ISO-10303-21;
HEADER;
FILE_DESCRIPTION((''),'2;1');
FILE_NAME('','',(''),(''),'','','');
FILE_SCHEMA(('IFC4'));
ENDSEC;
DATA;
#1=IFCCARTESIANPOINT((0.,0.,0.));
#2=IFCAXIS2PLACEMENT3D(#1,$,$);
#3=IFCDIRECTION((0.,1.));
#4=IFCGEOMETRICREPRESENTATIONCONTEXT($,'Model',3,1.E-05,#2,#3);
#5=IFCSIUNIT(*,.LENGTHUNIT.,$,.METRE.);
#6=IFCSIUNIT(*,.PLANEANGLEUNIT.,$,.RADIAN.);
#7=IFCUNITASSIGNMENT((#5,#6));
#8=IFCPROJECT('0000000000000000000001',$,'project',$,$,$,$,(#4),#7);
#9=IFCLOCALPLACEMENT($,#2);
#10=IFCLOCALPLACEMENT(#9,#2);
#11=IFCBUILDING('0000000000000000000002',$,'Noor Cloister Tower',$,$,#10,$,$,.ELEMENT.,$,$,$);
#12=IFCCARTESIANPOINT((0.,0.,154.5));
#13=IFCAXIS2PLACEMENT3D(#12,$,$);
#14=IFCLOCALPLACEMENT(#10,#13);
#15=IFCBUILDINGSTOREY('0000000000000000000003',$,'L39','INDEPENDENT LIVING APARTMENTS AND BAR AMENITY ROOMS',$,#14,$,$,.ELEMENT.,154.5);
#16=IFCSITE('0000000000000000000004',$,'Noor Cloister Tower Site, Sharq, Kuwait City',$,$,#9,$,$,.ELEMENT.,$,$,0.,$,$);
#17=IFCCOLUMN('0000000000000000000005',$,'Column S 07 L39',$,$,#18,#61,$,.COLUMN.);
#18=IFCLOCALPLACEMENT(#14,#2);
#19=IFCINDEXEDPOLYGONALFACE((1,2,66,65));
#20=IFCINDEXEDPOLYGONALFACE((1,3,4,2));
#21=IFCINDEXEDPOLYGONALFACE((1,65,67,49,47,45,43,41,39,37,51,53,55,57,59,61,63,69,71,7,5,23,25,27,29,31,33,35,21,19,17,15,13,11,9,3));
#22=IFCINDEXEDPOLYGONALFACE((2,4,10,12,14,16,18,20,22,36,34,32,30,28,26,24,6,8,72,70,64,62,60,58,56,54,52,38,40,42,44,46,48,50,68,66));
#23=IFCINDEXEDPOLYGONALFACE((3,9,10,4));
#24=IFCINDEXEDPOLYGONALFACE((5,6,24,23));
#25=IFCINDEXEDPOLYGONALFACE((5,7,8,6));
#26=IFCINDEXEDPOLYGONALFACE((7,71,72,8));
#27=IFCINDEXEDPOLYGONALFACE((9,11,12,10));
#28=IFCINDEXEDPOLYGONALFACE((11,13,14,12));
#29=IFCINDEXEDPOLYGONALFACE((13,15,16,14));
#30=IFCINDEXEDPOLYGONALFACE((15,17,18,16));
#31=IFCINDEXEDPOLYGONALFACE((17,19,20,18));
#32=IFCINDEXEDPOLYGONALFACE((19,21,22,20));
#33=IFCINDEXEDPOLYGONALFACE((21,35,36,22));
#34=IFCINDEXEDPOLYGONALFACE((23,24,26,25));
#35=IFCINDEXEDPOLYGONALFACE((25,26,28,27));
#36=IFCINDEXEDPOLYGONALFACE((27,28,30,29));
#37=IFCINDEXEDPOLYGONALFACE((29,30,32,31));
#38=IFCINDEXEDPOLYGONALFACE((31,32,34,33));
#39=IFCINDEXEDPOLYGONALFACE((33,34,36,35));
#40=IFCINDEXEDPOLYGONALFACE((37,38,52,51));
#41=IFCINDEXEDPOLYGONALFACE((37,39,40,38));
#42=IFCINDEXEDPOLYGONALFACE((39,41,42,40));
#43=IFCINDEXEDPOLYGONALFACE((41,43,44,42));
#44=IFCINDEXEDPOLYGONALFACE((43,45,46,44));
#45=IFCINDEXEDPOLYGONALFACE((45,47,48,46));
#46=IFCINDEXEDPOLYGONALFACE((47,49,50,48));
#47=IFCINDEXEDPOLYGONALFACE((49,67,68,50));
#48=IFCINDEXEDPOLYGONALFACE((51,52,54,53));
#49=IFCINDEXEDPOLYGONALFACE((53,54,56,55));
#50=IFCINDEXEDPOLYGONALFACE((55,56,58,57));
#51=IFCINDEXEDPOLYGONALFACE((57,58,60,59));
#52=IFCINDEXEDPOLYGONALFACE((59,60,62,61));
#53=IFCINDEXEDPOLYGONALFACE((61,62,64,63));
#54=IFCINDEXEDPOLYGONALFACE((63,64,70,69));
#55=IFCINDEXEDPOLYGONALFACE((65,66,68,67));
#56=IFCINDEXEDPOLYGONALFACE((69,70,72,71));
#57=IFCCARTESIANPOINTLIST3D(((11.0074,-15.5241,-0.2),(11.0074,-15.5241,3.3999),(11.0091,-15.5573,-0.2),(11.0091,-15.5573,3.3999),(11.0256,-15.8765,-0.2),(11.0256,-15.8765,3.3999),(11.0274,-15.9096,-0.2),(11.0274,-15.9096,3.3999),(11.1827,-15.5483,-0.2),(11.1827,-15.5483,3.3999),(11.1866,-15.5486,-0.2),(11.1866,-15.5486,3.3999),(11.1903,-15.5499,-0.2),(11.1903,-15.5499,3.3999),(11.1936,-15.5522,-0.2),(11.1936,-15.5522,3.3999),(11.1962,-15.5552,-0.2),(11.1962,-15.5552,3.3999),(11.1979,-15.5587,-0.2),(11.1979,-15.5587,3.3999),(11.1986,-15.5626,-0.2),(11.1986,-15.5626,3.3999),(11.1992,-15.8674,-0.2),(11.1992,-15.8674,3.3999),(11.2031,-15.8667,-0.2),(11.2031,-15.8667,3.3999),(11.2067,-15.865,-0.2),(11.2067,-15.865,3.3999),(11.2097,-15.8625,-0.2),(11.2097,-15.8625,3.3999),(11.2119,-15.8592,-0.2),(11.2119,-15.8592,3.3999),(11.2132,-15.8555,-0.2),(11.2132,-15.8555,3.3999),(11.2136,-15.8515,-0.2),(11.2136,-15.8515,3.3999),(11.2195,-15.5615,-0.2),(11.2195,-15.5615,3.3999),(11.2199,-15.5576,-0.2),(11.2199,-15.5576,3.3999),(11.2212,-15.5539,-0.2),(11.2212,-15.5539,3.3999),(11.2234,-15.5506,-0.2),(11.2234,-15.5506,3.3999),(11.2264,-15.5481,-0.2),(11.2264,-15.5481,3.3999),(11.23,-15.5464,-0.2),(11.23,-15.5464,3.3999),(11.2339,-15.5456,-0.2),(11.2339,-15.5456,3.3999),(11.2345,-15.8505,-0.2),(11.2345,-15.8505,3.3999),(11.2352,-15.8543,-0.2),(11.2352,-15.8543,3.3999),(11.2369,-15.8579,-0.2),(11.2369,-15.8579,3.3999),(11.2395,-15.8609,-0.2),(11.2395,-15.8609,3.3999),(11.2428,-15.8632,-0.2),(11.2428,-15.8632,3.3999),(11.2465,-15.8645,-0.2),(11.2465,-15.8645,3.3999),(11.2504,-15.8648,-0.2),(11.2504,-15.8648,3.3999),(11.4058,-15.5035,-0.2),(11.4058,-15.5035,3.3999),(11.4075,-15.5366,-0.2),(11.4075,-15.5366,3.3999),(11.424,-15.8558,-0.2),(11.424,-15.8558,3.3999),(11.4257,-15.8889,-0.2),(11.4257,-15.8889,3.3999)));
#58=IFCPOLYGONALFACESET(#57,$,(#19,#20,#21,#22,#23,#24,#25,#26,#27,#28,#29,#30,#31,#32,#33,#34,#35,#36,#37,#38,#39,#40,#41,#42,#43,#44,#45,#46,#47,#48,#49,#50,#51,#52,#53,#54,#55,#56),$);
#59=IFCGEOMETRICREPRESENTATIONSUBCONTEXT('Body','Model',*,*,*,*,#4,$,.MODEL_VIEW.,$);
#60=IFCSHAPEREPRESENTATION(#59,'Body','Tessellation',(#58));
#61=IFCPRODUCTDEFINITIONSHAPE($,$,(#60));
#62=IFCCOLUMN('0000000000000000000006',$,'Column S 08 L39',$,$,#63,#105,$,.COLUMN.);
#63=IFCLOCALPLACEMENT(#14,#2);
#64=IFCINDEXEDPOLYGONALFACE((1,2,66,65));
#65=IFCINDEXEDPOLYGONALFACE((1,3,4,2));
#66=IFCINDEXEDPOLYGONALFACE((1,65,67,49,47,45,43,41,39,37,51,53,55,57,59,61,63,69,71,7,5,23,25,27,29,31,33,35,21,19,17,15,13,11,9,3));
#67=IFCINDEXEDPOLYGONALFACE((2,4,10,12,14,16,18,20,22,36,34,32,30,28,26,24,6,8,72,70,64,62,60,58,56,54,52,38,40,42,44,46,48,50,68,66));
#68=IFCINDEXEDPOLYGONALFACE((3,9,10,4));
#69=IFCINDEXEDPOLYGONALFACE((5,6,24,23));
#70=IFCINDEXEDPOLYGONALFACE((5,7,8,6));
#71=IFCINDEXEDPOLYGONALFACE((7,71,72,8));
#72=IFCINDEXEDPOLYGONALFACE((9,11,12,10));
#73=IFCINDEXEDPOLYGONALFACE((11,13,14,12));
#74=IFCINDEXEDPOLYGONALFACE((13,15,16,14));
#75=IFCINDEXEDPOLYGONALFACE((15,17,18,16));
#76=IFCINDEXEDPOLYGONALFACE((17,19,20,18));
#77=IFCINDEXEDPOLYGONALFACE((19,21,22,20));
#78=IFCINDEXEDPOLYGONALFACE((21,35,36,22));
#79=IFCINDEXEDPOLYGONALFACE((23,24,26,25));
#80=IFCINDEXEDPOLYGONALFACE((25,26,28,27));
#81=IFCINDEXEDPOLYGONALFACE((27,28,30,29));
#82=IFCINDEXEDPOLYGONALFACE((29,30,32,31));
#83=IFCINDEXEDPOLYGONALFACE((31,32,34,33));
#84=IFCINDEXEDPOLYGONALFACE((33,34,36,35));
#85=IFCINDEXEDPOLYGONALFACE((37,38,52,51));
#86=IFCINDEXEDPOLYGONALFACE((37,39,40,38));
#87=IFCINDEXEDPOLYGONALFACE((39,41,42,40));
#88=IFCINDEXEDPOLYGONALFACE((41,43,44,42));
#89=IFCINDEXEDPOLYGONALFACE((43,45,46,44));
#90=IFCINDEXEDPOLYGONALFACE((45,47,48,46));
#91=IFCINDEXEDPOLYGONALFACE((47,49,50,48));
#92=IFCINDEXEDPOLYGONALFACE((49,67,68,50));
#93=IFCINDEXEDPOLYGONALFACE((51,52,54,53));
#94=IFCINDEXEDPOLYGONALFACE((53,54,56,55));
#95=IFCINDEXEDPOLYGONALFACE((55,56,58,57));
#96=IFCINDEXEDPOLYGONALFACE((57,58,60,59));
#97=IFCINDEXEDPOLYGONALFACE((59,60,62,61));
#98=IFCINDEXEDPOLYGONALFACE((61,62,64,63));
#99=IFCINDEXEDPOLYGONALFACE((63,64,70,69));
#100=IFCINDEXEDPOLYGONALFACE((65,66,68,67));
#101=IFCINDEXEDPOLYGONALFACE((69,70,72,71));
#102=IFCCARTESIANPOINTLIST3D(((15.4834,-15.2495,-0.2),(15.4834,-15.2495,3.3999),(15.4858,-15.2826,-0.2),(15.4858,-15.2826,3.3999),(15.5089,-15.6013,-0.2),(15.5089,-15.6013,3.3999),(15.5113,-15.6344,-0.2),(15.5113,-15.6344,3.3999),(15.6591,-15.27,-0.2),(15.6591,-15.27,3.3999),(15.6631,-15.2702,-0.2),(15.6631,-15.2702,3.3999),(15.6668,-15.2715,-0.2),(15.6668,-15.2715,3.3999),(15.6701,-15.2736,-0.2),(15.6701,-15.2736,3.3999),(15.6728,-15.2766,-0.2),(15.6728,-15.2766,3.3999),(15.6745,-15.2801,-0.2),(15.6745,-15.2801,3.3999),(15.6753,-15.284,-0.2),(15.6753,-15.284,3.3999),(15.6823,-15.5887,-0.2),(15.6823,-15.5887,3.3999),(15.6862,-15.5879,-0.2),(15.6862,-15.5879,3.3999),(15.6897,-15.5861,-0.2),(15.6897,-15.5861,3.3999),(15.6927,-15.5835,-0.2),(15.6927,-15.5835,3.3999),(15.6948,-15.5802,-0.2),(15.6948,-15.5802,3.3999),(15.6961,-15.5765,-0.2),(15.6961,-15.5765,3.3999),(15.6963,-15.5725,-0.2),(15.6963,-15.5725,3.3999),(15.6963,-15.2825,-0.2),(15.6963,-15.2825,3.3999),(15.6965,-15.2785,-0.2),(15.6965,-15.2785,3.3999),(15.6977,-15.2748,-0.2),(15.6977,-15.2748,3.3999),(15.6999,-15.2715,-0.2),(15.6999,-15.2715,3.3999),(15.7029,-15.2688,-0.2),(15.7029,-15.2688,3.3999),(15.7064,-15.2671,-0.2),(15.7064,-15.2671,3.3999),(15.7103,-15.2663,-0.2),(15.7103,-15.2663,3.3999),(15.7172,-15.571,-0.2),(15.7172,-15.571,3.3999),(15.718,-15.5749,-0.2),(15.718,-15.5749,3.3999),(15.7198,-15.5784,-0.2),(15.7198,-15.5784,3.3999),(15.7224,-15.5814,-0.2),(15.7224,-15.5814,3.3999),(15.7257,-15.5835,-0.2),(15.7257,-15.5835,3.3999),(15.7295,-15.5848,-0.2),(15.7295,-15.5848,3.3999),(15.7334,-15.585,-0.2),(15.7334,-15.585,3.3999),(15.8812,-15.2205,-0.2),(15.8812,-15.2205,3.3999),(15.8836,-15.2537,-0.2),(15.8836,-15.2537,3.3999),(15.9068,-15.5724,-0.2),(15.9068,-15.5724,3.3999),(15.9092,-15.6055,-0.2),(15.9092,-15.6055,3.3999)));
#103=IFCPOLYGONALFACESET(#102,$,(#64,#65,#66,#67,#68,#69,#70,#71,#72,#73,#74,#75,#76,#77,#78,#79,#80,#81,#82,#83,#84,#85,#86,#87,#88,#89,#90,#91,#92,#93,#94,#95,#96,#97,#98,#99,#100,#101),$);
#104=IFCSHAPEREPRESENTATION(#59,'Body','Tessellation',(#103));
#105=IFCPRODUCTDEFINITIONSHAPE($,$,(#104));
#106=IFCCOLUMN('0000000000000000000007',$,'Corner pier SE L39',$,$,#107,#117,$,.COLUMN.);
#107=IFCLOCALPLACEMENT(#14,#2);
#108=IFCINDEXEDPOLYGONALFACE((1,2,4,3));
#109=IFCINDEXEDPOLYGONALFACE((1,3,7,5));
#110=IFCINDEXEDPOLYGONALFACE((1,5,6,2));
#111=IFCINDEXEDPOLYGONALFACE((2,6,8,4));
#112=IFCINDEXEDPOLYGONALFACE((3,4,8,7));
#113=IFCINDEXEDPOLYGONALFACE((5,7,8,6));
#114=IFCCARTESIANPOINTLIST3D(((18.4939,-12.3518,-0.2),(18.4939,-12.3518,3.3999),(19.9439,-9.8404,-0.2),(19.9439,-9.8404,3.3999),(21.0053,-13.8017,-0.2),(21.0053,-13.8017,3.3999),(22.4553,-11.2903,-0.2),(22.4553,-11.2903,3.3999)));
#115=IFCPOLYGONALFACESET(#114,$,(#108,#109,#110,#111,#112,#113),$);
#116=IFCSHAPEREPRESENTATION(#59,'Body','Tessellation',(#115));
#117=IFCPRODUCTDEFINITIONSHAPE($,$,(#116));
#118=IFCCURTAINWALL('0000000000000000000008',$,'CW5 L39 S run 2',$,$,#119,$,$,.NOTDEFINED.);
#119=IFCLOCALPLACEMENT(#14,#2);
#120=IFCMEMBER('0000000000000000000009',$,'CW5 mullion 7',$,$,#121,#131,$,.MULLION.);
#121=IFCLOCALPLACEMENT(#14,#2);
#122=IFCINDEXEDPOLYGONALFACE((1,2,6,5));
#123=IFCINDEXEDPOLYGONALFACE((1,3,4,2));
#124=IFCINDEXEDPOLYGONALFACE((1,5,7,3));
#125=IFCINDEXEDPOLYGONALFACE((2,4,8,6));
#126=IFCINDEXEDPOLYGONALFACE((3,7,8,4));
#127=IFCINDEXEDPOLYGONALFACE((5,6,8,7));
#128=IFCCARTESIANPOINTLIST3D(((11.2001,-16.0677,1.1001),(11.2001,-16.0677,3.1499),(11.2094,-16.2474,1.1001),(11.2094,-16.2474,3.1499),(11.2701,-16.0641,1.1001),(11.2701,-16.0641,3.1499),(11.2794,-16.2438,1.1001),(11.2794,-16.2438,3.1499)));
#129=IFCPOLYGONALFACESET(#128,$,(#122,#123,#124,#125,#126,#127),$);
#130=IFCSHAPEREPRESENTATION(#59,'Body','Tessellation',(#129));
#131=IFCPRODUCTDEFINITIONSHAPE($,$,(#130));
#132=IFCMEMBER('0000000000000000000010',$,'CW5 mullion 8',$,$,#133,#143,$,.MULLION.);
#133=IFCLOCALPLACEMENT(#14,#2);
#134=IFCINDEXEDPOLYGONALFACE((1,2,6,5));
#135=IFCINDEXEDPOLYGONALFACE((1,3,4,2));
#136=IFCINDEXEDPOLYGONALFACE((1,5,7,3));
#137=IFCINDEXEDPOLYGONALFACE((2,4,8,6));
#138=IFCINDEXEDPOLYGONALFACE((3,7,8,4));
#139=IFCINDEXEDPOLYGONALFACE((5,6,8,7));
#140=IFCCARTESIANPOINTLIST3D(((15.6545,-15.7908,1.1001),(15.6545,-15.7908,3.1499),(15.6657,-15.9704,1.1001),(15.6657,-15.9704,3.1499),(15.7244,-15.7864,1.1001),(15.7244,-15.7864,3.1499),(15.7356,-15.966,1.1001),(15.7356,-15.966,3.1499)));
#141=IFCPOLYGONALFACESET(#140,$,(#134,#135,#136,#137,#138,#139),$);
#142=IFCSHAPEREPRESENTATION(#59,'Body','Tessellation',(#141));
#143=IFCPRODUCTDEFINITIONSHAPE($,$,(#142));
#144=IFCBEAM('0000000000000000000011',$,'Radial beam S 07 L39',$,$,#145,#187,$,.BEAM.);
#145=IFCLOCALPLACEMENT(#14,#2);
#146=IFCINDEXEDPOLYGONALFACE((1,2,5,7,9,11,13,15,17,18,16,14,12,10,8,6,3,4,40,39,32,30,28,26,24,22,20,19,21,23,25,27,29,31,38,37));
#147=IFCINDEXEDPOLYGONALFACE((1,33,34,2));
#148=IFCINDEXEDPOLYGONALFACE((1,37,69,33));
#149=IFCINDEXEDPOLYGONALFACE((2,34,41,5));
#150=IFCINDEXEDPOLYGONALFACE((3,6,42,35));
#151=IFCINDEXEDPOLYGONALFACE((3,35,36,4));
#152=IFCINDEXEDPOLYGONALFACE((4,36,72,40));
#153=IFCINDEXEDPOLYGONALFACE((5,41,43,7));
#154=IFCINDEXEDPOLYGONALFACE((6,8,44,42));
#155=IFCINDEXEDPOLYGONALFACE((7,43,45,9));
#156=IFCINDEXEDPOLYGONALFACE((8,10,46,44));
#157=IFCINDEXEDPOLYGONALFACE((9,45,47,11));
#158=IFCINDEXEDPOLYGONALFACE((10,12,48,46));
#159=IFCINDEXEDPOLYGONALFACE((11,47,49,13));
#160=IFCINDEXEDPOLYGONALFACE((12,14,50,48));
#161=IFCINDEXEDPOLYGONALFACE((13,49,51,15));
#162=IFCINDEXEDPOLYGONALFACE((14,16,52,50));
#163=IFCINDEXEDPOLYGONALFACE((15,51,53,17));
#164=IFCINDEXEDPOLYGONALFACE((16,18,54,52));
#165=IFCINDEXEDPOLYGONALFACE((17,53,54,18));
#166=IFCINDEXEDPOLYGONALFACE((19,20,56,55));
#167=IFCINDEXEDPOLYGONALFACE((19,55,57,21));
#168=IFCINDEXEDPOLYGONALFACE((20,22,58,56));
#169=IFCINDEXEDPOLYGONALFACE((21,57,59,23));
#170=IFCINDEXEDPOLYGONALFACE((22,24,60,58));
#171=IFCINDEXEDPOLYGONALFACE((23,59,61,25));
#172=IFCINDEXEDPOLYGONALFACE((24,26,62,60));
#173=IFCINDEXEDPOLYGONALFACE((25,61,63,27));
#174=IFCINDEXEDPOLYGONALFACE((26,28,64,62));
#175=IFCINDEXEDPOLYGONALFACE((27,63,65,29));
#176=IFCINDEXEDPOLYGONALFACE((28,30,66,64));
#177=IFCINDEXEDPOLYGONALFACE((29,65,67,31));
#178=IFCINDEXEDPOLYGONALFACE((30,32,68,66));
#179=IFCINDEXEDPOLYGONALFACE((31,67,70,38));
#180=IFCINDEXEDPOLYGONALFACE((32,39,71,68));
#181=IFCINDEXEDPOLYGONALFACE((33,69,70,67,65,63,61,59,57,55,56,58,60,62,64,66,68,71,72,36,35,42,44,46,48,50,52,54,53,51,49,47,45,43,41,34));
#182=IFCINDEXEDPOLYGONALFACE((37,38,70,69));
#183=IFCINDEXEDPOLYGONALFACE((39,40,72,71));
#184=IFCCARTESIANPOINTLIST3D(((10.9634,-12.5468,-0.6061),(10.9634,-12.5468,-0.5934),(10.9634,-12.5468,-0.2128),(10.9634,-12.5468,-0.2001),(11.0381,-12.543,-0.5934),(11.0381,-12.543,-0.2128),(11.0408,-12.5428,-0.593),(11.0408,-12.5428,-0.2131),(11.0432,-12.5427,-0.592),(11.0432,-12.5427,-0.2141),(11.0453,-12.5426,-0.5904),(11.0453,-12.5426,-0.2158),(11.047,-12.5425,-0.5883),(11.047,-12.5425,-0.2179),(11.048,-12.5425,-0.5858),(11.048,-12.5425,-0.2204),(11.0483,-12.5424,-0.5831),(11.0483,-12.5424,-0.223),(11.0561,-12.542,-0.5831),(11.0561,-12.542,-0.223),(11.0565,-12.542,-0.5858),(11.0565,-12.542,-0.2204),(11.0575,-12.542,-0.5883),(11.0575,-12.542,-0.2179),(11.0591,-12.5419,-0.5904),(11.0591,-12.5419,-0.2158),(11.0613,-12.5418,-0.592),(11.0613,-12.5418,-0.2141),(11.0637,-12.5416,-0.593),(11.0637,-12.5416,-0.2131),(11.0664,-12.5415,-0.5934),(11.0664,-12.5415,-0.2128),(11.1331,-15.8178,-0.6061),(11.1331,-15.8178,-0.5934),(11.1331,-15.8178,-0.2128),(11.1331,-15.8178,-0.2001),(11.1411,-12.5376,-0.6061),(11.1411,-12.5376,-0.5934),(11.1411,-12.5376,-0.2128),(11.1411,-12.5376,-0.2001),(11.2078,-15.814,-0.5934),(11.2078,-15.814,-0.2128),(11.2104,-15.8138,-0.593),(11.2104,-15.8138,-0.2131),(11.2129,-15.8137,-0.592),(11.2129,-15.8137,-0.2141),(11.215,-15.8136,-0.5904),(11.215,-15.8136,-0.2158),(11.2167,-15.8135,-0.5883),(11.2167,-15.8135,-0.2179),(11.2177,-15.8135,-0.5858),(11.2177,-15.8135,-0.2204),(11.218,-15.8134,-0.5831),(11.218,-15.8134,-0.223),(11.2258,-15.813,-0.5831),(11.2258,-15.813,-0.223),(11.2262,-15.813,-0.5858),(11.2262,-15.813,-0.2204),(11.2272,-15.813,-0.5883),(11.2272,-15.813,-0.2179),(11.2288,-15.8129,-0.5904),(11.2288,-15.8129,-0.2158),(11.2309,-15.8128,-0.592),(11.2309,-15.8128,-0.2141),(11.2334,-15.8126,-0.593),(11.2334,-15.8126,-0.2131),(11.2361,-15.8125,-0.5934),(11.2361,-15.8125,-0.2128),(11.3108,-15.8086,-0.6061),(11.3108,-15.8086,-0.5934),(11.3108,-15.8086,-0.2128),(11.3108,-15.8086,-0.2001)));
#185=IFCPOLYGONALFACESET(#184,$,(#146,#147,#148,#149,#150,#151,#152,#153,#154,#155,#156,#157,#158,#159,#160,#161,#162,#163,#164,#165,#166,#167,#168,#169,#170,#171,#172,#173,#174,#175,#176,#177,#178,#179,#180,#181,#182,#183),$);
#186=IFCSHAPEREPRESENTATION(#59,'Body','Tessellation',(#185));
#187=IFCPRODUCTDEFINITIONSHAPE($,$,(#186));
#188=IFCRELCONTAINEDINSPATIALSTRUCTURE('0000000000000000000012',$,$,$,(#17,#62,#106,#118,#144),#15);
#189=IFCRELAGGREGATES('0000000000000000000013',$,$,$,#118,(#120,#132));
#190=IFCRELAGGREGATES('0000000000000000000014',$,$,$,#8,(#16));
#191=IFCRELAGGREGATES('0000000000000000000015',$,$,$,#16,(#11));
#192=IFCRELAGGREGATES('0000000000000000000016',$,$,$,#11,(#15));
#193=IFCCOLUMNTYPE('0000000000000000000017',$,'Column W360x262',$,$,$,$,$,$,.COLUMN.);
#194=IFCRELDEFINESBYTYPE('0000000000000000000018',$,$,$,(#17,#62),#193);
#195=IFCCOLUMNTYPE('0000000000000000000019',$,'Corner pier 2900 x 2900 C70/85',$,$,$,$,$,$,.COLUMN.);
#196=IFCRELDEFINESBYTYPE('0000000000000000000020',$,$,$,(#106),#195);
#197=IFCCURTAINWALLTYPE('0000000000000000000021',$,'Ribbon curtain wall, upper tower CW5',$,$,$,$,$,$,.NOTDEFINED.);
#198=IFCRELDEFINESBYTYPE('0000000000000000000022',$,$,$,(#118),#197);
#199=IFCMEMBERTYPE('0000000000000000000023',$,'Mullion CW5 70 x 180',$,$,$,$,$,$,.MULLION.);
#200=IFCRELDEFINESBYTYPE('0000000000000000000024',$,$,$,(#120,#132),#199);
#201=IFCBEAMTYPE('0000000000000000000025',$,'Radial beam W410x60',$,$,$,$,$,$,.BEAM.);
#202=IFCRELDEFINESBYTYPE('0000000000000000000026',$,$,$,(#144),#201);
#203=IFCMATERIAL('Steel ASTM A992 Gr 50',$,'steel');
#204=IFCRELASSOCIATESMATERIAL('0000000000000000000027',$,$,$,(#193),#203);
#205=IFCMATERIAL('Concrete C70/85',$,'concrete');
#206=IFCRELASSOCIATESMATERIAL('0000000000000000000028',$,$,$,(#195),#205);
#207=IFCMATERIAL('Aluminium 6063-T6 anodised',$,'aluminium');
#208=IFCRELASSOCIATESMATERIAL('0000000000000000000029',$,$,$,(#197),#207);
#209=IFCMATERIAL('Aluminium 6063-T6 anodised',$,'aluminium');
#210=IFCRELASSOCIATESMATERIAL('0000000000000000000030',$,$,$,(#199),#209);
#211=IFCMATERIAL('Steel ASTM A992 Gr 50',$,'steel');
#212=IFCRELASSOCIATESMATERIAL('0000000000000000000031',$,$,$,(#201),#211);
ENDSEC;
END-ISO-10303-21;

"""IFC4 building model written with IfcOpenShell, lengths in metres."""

from ifc_helpers import new_model, si_unit, direction, frame, origin, origin_2d, place, context, subcontext, project, spatial, rectangle, i_section, extrude, material, material_profile, profile_set, type_object, element, aggregate, save


model = new_model("IFC4")

# Units and contexts
model_context = context("Model", 3, precision=1e-05, world=origin(), true_north=direction((0.0, 1.0)))
body_context = subcontext(model_context, "Body", "Model", "MODEL_VIEW")
ifc_project = project(units=[si_unit("LENGTHUNIT", "METRE"), si_unit("PLANEANGLEUNIT", "RADIAN")], contexts=[model_context])

# Site, building, storey
site_placement = place(None, origin())
site = spatial("IfcSite", under=ifc_project, at=site_placement, Name="Noor Cloister Tower Site, Sharq, Kuwait City", CompositionType="ELEMENT", RefElevation=0.0)
building_placement = place(site_placement, origin())
building = spatial("IfcBuilding", under=site, at=building_placement, Name="Noor Cloister Tower", CompositionType="ELEMENT")
storey_placement = place(building_placement, frame((0.0, 0.0, 154.5)))
storey = spatial("IfcBuildingStorey", under=building, at=storey_placement, Name="L39", Description="INDEPENDENT LIVING APARTMENTS AND BAR AMENITY ROOMS", CompositionType="ELEMENT", Elevation=154.5)

# Columns
ifc_material_1 = material(Name="Steel ASTM A992 Gr 50", Category="steel")
ifc_material_profile_1 = material_profile(ifc_material_1, i_section(OverallWidth=0.3989, OverallDepth=0.386, WebThickness=0.021, FlangeThickness=0.0332, FilletRadius=0.0151, at=origin_2d()), Name="W360x262")
ifc_profile_set_1 = profile_set([ifc_material_profile_1], Name="Steel ASTM A992 Gr 50")
column_type_1 = type_object("IfcColumnType", Name="Column W360x262", PredefinedType="COLUMN", material=ifc_profile_set_1)
for number, where, z_axis, x_axis, name in (
    (1, (11.2166, -15.7065, -0.2), (0.0, 0.0, 1.0), (0.998658, 0.051799, 0.0), "Column S 07 L39"),
    (2, (15.6963, -15.4275, -0.2), (0.0, 0.0, 1.0), (0.997369, 0.072487, 0.0), "Column S 08 L39"),
):
    element("IfcColumn", number, at=place(storey_placement, frame(where, z_axis=z_axis, x_axis=x_axis)), inside=storey, type_object=column_type_1, Name=name, PredefinedType="COLUMN", context=body_context, shape_type="SweptSolid", body=[
        extrude(i_section(OverallWidth=0.3989, OverallDepth=0.386, WebThickness=0.021, FlangeThickness=0.0332, FilletRadius=0.0151, at=origin_2d()), origin(), (0.0, 0.0, 1.0), 3.5999),
    ])
ifc_material_2 = material(Name="Concrete C70/85", Category="concrete")
ifc_material_profile_2 = material_profile(ifc_material_2, rectangle(XDim=2.8999, YDim=2.8999, at=origin_2d()), Name="RC 2900x2900")
ifc_profile_set_2 = profile_set([ifc_material_profile_2], Name="Concrete C70/85")
column_type_2 = type_object("IfcColumnType", Name="Corner pier 2900 x 2900 C70/85", PredefinedType="COLUMN", material=ifc_profile_set_2)
column_placement = place(storey_placement, frame((20.4746, -11.821, -0.2), z_axis=(0.0, 0.0, 1.0), x_axis=(0.866025, -0.5, 0.0)))
element("IfcColumn", 3, at=column_placement, inside=storey, type_object=column_type_2, Name="Corner pier SE L39", PredefinedType="COLUMN", context=body_context, shape_type="SweptSolid", body=[
    extrude(rectangle(XDim=2.8999, YDim=2.8999, at=origin_2d()), origin(), (0.0, 0.0, 1.0), 3.5999),
])

# Curtain wall, members
ifc_material_3 = material(Name="Aluminium 6063-T6 anodised", Category="aluminium")
curtain_wall_type = type_object("IfcCurtainWallType", Name="Ribbon curtain wall, upper tower CW5", PredefinedType="NOTDEFINED", material=ifc_material_3)
curtain_wall_placement = place(storey_placement, origin())
curtain_wall = element("IfcCurtainWall", 4, at=curtain_wall_placement, inside=storey, type_object=curtain_wall_type, Name="CW5 L39 S run 2", PredefinedType="NOTDEFINED")
ifc_material_4 = material(Name="Aluminium 6063-T6 anodised", Category="aluminium")
ifc_material_profile_3 = material_profile(ifc_material_4, rectangle(XDim=0.1799, YDim=0.0701, at=origin_2d()), Name="180 x 70 mullion")
ifc_profile_set_3 = profile_set([ifc_material_profile_3], Name="Aluminium 6063-T6 anodised")
member_type = type_object("IfcMemberType", Name="Mullion CW5 70 x 180", PredefinedType="MULLION", material=ifc_profile_set_3)
member_1_placement = place(storey_placement, frame((11.2397, -16.1558, 1.1001), z_axis=(0.0, 0.0, 1.0), x_axis=(-0.051799, 0.998658, 0.0)))
member_1 = element("IfcMember", 5, at=member_1_placement, type_object=member_type, Name="CW5 mullion 7", PredefinedType="MULLION", context=body_context, shape_type="SweptSolid", body=[
    extrude(rectangle(XDim=0.1799, YDim=0.0701, at=origin_2d()), origin(), (0.0, 0.0, 1.0), 2.0498),
])
member_2_placement = place(storey_placement, frame((15.6951, -15.8784, 1.1001), z_axis=(0.0, 0.0, 1.0), x_axis=(-0.062146, 0.998067, 0.0)))
member_2 = element("IfcMember", 6, at=member_2_placement, type_object=member_type, Name="CW5 mullion 8", PredefinedType="MULLION", context=body_context, shape_type="SweptSolid", body=[
    extrude(rectangle(XDim=0.1799, YDim=0.0701, at=origin_2d()), origin(), (0.0, 0.0, 1.0), 2.0498),
])

# Beam
ifc_material_5 = material(Name="Steel ASTM A992 Gr 50", Category="steel")
ifc_material_profile_4 = material_profile(ifc_material_5, i_section(OverallWidth=0.178, OverallDepth=0.406, WebThickness=0.0078, FlangeThickness=0.0127, FilletRadius=0.0103, at=origin_2d()), Name="W410x60")
ifc_profile_set_4 = profile_set([ifc_material_profile_4], Name="Steel ASTM A992 Gr 50")
beam_type_1 = type_object("IfcBeamType", Name="Radial beam W410x60", PredefinedType="BEAM", material=ifc_profile_set_4)
beam_1_placement = place(storey_placement, frame((11.2219, -15.8132, -0.4031), z_axis=(-0.051804, 0.998657, 0.0), x_axis=(-0.998657, -0.051804, 0.0)))
element("IfcBeam", 7, at=beam_1_placement, inside=storey, type_object=beam_type_1, Name="Radial beam S 07 L39", PredefinedType="BEAM", context=body_context, shape_type="SweptSolid", body=[
    extrude(i_section(OverallWidth=0.178, OverallDepth=0.406, WebThickness=0.0078, FlangeThickness=0.0127, FilletRadius=0.0103, at=origin_2d()), origin(), (0.0, 0.0, 1.0), 3.2754),
])

aggregate(curtain_wall, [member_1, member_2])

save(model, "model.ifc")
